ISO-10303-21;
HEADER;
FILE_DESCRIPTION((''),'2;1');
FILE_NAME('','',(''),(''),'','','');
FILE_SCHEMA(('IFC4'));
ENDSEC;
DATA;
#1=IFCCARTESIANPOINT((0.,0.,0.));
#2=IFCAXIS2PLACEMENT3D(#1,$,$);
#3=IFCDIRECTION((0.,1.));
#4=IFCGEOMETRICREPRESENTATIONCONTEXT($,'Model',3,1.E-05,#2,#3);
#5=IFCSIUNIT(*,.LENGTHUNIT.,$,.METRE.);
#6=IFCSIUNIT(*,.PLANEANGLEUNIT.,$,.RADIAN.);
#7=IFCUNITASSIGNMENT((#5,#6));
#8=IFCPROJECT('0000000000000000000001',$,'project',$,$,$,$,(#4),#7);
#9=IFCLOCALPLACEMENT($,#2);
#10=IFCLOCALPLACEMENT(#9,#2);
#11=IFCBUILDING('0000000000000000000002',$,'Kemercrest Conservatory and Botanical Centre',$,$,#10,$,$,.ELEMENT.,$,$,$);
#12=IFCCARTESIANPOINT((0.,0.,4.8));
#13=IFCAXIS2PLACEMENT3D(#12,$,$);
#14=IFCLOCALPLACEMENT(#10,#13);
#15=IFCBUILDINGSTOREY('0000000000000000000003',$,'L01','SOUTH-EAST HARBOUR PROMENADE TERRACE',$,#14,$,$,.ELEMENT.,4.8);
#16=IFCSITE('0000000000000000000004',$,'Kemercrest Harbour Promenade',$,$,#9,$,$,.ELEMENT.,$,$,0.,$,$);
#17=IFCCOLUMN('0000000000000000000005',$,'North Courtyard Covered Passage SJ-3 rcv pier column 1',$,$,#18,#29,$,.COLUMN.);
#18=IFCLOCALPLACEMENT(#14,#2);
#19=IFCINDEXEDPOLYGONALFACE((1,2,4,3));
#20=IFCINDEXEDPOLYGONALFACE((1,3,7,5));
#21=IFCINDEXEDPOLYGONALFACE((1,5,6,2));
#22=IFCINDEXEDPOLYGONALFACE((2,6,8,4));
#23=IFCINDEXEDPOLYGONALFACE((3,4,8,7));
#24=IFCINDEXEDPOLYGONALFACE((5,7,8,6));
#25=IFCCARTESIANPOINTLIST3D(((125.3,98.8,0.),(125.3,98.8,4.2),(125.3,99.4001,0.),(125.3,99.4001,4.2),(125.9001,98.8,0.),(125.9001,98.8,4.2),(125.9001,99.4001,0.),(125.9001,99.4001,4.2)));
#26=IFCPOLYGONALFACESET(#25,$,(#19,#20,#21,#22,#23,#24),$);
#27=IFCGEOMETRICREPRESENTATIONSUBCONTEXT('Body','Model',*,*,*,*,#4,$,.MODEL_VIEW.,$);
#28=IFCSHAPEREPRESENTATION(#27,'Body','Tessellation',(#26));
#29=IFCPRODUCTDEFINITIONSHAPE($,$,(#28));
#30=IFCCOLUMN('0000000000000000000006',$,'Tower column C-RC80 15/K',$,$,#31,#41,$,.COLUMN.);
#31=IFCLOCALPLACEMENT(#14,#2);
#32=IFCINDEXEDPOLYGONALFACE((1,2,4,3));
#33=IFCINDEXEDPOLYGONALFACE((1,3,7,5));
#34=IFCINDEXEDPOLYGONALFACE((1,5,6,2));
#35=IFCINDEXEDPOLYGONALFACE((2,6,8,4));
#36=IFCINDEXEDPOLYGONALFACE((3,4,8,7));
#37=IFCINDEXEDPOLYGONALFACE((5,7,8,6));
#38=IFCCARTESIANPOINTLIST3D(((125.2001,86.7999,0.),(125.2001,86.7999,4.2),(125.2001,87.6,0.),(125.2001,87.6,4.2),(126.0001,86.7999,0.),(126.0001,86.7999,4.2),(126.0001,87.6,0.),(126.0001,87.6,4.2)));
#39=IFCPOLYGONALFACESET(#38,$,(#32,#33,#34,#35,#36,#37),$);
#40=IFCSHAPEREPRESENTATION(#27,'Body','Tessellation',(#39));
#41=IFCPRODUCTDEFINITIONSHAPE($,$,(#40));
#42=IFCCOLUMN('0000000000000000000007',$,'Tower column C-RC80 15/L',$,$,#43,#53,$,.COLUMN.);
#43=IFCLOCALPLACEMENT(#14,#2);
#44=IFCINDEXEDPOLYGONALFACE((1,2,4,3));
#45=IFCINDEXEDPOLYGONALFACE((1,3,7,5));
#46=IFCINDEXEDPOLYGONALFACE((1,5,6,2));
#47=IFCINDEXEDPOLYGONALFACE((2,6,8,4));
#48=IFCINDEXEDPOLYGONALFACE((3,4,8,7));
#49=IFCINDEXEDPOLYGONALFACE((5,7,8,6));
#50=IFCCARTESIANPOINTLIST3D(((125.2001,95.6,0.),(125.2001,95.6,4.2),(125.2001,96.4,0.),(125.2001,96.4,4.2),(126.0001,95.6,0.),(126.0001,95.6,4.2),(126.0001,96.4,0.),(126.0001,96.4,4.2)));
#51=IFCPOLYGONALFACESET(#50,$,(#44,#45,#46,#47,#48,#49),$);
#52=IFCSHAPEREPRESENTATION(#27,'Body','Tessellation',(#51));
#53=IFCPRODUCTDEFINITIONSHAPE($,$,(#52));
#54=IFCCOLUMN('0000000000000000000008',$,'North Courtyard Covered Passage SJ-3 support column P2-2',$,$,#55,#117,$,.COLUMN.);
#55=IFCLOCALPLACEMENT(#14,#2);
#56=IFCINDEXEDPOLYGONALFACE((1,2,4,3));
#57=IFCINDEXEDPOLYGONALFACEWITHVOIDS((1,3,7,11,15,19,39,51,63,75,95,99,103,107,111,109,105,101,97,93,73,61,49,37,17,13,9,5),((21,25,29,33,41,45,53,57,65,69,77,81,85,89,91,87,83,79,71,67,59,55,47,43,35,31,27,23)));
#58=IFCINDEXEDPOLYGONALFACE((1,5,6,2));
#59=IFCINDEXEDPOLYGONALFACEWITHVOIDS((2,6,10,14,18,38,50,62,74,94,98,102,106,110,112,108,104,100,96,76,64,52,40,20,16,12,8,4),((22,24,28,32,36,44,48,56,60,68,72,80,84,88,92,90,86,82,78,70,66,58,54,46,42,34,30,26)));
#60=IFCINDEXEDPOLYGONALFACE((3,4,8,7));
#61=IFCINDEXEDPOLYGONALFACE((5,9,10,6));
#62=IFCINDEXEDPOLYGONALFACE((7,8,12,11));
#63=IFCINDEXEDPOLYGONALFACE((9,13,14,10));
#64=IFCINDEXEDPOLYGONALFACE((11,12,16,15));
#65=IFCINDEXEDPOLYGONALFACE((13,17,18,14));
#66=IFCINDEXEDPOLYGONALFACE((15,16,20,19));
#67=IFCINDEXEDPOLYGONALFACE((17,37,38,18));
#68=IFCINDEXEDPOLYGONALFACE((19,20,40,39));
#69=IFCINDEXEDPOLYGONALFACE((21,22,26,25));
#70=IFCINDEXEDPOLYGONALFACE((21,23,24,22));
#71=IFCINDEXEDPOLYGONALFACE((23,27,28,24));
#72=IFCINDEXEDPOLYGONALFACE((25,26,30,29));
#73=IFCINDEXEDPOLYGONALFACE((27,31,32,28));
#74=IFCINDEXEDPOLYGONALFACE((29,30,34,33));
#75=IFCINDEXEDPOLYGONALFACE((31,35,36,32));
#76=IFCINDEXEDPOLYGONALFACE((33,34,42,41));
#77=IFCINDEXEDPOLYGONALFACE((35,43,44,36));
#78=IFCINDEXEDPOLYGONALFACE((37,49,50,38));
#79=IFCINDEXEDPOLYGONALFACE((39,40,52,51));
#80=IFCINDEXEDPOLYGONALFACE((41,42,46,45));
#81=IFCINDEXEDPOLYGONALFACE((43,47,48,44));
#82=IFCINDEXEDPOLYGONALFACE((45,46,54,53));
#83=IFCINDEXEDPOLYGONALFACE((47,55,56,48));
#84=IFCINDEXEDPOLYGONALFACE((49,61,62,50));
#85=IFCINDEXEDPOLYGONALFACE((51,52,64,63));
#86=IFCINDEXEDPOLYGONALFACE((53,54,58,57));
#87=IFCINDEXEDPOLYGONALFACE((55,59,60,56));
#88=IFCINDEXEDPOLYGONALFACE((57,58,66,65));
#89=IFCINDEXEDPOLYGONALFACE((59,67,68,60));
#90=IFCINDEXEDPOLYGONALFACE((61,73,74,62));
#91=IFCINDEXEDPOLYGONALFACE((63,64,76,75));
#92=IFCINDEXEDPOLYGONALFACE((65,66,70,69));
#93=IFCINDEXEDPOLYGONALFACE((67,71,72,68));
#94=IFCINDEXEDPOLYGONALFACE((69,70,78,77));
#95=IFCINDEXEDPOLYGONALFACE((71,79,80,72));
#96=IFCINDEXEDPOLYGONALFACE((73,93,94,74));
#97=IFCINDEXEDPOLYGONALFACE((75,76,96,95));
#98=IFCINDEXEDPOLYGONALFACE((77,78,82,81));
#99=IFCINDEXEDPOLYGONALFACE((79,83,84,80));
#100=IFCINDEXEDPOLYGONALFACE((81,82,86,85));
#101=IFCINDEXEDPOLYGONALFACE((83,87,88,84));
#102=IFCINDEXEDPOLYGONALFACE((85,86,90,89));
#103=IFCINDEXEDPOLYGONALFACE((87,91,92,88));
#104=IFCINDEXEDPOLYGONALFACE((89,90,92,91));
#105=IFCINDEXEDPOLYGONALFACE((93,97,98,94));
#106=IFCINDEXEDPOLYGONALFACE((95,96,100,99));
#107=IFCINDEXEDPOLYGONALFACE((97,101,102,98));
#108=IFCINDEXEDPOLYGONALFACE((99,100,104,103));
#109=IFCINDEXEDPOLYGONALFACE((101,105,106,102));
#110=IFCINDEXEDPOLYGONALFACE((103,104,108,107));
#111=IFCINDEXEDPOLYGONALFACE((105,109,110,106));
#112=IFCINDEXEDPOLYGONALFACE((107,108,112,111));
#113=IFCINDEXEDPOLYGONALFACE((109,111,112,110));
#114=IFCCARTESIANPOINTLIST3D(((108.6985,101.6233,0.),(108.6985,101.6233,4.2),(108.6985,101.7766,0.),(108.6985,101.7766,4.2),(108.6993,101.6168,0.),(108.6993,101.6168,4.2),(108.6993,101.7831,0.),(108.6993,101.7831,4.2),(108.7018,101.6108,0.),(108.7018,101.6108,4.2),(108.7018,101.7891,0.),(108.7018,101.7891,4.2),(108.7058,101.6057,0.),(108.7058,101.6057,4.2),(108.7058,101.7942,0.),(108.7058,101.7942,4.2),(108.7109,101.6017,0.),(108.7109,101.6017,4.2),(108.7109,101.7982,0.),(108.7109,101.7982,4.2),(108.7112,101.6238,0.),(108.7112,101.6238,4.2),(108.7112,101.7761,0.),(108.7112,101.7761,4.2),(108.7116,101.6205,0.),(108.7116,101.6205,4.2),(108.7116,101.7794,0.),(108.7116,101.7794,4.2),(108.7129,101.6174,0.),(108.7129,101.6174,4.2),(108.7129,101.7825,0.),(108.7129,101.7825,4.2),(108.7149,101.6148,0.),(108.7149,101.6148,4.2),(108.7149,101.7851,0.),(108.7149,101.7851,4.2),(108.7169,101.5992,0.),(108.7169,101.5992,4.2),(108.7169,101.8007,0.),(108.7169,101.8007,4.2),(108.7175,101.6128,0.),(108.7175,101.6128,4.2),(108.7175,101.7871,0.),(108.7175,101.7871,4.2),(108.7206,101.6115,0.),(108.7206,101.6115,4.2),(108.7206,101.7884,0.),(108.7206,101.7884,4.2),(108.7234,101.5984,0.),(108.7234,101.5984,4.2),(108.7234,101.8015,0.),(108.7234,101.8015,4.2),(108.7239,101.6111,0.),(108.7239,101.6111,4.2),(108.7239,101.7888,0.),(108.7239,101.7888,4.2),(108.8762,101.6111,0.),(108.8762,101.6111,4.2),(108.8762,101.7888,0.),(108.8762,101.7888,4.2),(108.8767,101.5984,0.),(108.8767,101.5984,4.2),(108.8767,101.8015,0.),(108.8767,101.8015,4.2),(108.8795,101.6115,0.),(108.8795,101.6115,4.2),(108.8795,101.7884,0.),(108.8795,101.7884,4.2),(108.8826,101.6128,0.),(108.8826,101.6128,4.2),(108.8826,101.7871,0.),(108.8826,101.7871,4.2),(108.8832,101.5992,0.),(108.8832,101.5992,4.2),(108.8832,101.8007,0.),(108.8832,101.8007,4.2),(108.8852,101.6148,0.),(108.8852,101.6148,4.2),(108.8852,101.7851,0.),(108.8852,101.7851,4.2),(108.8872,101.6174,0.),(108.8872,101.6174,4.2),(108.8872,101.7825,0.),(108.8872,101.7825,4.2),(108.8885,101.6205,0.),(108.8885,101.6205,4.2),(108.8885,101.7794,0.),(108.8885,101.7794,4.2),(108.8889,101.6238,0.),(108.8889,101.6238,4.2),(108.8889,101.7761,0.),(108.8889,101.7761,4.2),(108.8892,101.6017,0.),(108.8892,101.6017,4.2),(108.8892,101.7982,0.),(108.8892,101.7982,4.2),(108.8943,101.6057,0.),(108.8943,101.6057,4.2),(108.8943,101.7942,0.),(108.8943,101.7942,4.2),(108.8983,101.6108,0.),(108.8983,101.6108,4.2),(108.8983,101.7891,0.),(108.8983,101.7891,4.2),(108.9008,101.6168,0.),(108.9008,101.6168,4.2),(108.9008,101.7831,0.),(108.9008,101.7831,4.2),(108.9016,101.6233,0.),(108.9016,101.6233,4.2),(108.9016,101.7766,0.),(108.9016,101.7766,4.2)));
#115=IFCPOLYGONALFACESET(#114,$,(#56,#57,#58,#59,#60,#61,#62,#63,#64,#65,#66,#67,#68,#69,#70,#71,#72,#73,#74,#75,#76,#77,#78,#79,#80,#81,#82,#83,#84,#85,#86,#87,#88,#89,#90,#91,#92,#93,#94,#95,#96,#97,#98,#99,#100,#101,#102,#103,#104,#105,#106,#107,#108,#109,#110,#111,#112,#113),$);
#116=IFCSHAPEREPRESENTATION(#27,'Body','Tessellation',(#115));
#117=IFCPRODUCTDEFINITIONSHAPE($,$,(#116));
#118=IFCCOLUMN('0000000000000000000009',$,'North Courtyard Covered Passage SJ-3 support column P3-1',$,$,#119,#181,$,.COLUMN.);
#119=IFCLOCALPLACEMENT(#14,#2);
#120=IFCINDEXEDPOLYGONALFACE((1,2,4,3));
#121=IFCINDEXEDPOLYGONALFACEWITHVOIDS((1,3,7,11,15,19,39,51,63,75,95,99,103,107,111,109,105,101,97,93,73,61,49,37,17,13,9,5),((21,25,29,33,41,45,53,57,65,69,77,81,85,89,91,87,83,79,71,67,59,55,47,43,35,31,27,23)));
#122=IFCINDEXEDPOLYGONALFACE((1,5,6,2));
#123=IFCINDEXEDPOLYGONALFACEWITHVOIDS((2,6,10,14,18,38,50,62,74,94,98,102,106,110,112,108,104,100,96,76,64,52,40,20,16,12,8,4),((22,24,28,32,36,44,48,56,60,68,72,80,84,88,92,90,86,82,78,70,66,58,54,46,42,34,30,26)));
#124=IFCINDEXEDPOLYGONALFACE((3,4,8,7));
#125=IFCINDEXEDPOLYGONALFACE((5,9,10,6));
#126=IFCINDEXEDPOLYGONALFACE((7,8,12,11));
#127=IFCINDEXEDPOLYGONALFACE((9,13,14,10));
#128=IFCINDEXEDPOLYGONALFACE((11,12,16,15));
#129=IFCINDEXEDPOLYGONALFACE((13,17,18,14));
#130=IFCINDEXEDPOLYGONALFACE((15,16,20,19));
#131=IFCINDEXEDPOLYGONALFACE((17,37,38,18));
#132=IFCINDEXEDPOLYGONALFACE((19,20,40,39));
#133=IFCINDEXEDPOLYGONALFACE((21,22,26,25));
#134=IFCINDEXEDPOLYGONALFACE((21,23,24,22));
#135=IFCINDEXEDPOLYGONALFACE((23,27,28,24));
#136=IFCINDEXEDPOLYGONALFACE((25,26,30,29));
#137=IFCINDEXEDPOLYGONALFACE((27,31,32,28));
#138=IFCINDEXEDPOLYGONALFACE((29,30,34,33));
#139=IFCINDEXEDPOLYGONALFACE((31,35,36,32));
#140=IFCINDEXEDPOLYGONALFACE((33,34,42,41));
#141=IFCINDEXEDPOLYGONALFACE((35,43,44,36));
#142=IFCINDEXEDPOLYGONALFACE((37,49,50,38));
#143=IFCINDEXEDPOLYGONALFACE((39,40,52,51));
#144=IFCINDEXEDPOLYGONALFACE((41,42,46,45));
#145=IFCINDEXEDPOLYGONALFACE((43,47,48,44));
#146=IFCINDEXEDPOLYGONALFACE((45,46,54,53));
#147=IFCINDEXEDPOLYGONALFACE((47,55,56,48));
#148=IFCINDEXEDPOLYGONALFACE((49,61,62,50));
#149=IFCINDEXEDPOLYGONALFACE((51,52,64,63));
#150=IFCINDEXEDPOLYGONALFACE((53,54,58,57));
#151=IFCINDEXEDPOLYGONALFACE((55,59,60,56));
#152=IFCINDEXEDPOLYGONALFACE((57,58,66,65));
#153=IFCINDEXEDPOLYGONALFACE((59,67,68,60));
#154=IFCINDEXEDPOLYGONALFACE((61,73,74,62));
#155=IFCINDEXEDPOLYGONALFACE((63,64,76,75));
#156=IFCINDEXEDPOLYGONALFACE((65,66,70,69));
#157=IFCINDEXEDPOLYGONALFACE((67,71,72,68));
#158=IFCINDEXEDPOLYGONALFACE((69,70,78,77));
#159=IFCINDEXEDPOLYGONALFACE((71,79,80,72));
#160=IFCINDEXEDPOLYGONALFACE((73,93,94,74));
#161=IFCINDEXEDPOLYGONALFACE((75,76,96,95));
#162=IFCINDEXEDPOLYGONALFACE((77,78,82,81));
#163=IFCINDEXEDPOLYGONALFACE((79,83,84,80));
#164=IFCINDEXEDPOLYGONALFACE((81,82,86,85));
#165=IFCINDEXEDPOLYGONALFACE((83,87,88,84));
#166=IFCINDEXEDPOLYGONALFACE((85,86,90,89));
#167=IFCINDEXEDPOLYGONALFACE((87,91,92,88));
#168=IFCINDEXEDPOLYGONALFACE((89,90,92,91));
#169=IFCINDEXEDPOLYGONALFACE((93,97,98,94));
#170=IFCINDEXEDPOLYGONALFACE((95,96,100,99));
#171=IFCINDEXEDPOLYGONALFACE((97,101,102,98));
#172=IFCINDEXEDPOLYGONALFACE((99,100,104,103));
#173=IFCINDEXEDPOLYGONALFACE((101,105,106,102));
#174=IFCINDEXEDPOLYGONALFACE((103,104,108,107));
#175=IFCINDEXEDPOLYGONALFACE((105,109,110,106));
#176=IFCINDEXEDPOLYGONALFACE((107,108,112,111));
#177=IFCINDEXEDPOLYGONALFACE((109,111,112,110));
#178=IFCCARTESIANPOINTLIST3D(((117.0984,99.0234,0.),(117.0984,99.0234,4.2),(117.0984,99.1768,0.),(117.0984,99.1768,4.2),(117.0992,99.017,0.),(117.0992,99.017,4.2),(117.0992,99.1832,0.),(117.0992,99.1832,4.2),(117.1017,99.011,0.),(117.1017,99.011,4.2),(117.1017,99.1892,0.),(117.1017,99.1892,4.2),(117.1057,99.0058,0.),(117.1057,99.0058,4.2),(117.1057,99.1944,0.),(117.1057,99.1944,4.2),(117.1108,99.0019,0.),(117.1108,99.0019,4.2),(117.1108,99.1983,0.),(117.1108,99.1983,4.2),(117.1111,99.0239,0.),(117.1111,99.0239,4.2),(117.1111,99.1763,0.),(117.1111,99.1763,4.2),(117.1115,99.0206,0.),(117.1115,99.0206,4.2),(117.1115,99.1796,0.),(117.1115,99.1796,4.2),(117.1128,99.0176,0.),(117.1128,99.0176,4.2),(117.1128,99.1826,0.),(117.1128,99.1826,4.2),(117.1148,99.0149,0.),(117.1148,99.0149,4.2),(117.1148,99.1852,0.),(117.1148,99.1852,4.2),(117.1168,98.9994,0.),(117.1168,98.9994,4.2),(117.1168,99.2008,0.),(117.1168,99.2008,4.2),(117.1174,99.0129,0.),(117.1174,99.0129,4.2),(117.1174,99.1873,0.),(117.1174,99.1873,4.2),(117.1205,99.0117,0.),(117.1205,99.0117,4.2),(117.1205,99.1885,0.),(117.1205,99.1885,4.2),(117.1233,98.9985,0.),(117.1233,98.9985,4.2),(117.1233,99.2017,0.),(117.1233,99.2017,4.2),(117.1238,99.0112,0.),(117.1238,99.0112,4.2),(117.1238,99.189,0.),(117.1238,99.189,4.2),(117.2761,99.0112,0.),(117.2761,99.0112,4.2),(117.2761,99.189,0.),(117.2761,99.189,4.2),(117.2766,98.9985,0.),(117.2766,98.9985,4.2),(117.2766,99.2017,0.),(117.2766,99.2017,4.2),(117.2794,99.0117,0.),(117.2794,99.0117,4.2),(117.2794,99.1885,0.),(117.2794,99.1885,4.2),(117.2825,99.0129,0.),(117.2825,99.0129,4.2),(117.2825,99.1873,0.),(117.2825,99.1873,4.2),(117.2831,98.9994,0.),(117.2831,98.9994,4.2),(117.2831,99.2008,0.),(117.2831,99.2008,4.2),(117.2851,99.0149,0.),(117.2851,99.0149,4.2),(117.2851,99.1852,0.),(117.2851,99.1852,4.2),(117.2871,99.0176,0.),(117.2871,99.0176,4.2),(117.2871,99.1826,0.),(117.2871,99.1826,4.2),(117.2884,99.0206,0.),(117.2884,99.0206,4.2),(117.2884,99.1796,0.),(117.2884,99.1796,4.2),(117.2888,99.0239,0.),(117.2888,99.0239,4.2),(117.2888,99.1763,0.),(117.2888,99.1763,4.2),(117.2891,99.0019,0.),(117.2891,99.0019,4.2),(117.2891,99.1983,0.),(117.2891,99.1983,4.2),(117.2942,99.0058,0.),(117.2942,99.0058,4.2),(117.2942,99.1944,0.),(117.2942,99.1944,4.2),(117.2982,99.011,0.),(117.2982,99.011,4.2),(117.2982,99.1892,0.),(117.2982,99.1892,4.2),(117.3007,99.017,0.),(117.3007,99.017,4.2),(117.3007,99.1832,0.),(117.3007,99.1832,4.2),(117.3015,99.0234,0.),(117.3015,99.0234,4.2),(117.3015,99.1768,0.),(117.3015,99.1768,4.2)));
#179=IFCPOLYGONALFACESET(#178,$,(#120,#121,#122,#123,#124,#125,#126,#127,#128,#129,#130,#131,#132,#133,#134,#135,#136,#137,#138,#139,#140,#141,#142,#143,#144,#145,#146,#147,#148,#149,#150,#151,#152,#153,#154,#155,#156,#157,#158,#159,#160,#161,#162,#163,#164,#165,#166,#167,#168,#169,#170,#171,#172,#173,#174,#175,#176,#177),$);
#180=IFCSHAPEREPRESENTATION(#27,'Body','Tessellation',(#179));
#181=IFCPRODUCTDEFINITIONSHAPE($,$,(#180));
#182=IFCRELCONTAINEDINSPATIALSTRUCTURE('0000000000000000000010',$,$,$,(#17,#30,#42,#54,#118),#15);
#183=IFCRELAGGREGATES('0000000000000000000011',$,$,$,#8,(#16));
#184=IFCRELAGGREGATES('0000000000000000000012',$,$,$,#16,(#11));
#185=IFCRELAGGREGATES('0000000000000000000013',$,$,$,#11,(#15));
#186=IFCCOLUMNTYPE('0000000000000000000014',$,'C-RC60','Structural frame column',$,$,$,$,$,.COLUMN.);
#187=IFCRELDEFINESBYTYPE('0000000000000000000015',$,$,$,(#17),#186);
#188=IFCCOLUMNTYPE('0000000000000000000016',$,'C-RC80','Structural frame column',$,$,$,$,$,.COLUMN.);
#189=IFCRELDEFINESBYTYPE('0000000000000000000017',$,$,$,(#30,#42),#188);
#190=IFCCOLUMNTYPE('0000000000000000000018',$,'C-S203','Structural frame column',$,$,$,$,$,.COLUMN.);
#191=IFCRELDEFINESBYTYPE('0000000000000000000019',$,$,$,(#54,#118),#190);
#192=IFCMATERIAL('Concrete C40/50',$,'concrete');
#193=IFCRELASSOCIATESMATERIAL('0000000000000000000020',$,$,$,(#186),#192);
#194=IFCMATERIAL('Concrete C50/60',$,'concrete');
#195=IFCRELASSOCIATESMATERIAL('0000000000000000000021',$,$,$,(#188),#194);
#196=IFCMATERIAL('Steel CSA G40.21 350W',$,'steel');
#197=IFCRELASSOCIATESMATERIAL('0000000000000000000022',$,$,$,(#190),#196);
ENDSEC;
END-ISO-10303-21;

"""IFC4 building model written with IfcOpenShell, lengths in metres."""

from ifc_helpers import new_model, si_unit, direction, frame, origin, origin_2d, place, context, subcontext, project, spatial, rectangle, hollow_rectangle, extrude, material, material_profile, profile_set, type_object, element, save


model = new_model("IFC4")

# Units and contexts
model_context = context("Model", 3, precision=1e-05, world=origin(), true_north=direction((0.0, 1.0)))
body_context = subcontext(model_context, "Body", "Model", "MODEL_VIEW")
ifc_project = project(units=[si_unit("LENGTHUNIT", "METRE"), si_unit("PLANEANGLEUNIT", "RADIAN")], contexts=[model_context])

# Site, building, storey
site_placement = place(None, origin())
site = spatial("IfcSite", under=ifc_project, at=site_placement, Name="Kemercrest Harbour Promenade", CompositionType="ELEMENT", RefElevation=0.0)
building_placement = place(site_placement, origin())
building = spatial("IfcBuilding", under=site, at=building_placement, Name="Kemercrest Conservatory and Botanical Centre", CompositionType="ELEMENT")
storey_placement = place(building_placement, frame((0.0, 0.0, 4.8)))
storey = spatial("IfcBuildingStorey", under=building, at=storey_placement, Name="L01", Description="SOUTH-EAST HARBOUR PROMENADE TERRACE", CompositionType="ELEMENT", Elevation=4.8)

# Columns
ifc_material_1 = material(Name="Concrete C40/50", Category="concrete")
ifc_material_profile_1 = material_profile(ifc_material_1, rectangle(XDim=0.6001, YDim=0.6001, at=origin_2d()), Name="RC 600x600")
ifc_profile_set_1 = profile_set([ifc_material_profile_1], Name="Concrete C40/50")
column_type_1 = type_object("IfcColumnType", Name="C-RC60", Description="Structural frame column", PredefinedType="COLUMN", material=ifc_profile_set_1)
column_placement = place(storey_placement, frame((125.6001, 99.1001, 0.0), z_axis=(0.0, 0.0, 1.0), x_axis=(1.0, 0.0, 0.0)))
element("IfcColumn", 1, at=column_placement, inside=storey, type_object=column_type_1, Name="North Courtyard Covered Passage SJ-3 rcv pier column 1", PredefinedType="COLUMN", context=body_context, shape_type="SweptSolid", body=[
    extrude(rectangle(XDim=0.6001, YDim=0.6001, at=origin_2d()), origin(), (0.0, 0.0, 1.0), 4.2),
])
ifc_material_2 = material(Name="Concrete C50/60", Category="concrete")
ifc_material_profile_2 = material_profile(ifc_material_2, rectangle(XDim=0.8, YDim=0.8, at=origin_2d()), Name="RC 800x800")
ifc_profile_set_2 = profile_set([ifc_material_profile_2], Name="Concrete C50/60")
column_type_2 = type_object("IfcColumnType", Name="C-RC80", Description="Structural frame column", PredefinedType="COLUMN", material=ifc_profile_set_2)
for number, where, z_axis, x_axis, name in (
    (2, (125.6001, 87.2, 0.0), (0.0, 0.0, 1.0), (1.0, 0.0, 0.0), "Tower column C-RC80 15/K"),
    (3, (125.6001, 96.0, 0.0), (0.0, 0.0, 1.0), (1.0, 0.0, 0.0), "Tower column C-RC80 15/L"),
):
    element("IfcColumn", number, at=place(storey_placement, frame(where, z_axis=z_axis, x_axis=x_axis)), inside=storey, type_object=column_type_2, Name=name, PredefinedType="COLUMN", context=body_context, shape_type="SweptSolid", body=[
        extrude(rectangle(XDim=0.8, YDim=0.8, at=origin_2d()), origin(), (0.0, 0.0, 1.0), 4.2),
    ])
ifc_material_3 = material(Name="Steel CSA G40.21 350W", Category="steel")
ifc_material_profile_3 = material_profile(ifc_material_3, hollow_rectangle(XDim=0.2031, YDim=0.2031, WallThickness=0.0127, InnerFilletRadius=0.0127, OuterFilletRadius=0.0249, at=origin_2d()), Name="HSS 203x203x12.7")
ifc_profile_set_3 = profile_set([ifc_material_profile_3], Name="Steel CSA G40.21 350W")
column_type_3 = type_object("IfcColumnType", Name="C-S203", Description="Structural frame column", PredefinedType="COLUMN", material=ifc_profile_set_3)
for number, where, z_axis, x_axis, name in (
    (4, (108.8, 101.7, 0.0), (0.0, 0.0, 1.0), (1.0, 0.0, 0.0), "North Courtyard Covered Passage SJ-3 support column P2-2"),
    (5, (117.2, 99.1001, 0.0), (0.0, 0.0, 1.0), (1.0, 0.0, 0.0), "North Courtyard Covered Passage SJ-3 support column P3-1"),
):
    element("IfcColumn", number, at=place(storey_placement, frame(where, z_axis=z_axis, x_axis=x_axis)), inside=storey, type_object=column_type_3, Name=name, PredefinedType="COLUMN", context=body_context, shape_type="SweptSolid", body=[
        extrude(hollow_rectangle(XDim=0.2031, YDim=0.2031, WallThickness=0.0127, InnerFilletRadius=0.0127, OuterFilletRadius=0.0249, at=origin_2d()), origin(), (0.0, 0.0, 1.0), 4.2),
    ])

save(model, "model.ifc")
